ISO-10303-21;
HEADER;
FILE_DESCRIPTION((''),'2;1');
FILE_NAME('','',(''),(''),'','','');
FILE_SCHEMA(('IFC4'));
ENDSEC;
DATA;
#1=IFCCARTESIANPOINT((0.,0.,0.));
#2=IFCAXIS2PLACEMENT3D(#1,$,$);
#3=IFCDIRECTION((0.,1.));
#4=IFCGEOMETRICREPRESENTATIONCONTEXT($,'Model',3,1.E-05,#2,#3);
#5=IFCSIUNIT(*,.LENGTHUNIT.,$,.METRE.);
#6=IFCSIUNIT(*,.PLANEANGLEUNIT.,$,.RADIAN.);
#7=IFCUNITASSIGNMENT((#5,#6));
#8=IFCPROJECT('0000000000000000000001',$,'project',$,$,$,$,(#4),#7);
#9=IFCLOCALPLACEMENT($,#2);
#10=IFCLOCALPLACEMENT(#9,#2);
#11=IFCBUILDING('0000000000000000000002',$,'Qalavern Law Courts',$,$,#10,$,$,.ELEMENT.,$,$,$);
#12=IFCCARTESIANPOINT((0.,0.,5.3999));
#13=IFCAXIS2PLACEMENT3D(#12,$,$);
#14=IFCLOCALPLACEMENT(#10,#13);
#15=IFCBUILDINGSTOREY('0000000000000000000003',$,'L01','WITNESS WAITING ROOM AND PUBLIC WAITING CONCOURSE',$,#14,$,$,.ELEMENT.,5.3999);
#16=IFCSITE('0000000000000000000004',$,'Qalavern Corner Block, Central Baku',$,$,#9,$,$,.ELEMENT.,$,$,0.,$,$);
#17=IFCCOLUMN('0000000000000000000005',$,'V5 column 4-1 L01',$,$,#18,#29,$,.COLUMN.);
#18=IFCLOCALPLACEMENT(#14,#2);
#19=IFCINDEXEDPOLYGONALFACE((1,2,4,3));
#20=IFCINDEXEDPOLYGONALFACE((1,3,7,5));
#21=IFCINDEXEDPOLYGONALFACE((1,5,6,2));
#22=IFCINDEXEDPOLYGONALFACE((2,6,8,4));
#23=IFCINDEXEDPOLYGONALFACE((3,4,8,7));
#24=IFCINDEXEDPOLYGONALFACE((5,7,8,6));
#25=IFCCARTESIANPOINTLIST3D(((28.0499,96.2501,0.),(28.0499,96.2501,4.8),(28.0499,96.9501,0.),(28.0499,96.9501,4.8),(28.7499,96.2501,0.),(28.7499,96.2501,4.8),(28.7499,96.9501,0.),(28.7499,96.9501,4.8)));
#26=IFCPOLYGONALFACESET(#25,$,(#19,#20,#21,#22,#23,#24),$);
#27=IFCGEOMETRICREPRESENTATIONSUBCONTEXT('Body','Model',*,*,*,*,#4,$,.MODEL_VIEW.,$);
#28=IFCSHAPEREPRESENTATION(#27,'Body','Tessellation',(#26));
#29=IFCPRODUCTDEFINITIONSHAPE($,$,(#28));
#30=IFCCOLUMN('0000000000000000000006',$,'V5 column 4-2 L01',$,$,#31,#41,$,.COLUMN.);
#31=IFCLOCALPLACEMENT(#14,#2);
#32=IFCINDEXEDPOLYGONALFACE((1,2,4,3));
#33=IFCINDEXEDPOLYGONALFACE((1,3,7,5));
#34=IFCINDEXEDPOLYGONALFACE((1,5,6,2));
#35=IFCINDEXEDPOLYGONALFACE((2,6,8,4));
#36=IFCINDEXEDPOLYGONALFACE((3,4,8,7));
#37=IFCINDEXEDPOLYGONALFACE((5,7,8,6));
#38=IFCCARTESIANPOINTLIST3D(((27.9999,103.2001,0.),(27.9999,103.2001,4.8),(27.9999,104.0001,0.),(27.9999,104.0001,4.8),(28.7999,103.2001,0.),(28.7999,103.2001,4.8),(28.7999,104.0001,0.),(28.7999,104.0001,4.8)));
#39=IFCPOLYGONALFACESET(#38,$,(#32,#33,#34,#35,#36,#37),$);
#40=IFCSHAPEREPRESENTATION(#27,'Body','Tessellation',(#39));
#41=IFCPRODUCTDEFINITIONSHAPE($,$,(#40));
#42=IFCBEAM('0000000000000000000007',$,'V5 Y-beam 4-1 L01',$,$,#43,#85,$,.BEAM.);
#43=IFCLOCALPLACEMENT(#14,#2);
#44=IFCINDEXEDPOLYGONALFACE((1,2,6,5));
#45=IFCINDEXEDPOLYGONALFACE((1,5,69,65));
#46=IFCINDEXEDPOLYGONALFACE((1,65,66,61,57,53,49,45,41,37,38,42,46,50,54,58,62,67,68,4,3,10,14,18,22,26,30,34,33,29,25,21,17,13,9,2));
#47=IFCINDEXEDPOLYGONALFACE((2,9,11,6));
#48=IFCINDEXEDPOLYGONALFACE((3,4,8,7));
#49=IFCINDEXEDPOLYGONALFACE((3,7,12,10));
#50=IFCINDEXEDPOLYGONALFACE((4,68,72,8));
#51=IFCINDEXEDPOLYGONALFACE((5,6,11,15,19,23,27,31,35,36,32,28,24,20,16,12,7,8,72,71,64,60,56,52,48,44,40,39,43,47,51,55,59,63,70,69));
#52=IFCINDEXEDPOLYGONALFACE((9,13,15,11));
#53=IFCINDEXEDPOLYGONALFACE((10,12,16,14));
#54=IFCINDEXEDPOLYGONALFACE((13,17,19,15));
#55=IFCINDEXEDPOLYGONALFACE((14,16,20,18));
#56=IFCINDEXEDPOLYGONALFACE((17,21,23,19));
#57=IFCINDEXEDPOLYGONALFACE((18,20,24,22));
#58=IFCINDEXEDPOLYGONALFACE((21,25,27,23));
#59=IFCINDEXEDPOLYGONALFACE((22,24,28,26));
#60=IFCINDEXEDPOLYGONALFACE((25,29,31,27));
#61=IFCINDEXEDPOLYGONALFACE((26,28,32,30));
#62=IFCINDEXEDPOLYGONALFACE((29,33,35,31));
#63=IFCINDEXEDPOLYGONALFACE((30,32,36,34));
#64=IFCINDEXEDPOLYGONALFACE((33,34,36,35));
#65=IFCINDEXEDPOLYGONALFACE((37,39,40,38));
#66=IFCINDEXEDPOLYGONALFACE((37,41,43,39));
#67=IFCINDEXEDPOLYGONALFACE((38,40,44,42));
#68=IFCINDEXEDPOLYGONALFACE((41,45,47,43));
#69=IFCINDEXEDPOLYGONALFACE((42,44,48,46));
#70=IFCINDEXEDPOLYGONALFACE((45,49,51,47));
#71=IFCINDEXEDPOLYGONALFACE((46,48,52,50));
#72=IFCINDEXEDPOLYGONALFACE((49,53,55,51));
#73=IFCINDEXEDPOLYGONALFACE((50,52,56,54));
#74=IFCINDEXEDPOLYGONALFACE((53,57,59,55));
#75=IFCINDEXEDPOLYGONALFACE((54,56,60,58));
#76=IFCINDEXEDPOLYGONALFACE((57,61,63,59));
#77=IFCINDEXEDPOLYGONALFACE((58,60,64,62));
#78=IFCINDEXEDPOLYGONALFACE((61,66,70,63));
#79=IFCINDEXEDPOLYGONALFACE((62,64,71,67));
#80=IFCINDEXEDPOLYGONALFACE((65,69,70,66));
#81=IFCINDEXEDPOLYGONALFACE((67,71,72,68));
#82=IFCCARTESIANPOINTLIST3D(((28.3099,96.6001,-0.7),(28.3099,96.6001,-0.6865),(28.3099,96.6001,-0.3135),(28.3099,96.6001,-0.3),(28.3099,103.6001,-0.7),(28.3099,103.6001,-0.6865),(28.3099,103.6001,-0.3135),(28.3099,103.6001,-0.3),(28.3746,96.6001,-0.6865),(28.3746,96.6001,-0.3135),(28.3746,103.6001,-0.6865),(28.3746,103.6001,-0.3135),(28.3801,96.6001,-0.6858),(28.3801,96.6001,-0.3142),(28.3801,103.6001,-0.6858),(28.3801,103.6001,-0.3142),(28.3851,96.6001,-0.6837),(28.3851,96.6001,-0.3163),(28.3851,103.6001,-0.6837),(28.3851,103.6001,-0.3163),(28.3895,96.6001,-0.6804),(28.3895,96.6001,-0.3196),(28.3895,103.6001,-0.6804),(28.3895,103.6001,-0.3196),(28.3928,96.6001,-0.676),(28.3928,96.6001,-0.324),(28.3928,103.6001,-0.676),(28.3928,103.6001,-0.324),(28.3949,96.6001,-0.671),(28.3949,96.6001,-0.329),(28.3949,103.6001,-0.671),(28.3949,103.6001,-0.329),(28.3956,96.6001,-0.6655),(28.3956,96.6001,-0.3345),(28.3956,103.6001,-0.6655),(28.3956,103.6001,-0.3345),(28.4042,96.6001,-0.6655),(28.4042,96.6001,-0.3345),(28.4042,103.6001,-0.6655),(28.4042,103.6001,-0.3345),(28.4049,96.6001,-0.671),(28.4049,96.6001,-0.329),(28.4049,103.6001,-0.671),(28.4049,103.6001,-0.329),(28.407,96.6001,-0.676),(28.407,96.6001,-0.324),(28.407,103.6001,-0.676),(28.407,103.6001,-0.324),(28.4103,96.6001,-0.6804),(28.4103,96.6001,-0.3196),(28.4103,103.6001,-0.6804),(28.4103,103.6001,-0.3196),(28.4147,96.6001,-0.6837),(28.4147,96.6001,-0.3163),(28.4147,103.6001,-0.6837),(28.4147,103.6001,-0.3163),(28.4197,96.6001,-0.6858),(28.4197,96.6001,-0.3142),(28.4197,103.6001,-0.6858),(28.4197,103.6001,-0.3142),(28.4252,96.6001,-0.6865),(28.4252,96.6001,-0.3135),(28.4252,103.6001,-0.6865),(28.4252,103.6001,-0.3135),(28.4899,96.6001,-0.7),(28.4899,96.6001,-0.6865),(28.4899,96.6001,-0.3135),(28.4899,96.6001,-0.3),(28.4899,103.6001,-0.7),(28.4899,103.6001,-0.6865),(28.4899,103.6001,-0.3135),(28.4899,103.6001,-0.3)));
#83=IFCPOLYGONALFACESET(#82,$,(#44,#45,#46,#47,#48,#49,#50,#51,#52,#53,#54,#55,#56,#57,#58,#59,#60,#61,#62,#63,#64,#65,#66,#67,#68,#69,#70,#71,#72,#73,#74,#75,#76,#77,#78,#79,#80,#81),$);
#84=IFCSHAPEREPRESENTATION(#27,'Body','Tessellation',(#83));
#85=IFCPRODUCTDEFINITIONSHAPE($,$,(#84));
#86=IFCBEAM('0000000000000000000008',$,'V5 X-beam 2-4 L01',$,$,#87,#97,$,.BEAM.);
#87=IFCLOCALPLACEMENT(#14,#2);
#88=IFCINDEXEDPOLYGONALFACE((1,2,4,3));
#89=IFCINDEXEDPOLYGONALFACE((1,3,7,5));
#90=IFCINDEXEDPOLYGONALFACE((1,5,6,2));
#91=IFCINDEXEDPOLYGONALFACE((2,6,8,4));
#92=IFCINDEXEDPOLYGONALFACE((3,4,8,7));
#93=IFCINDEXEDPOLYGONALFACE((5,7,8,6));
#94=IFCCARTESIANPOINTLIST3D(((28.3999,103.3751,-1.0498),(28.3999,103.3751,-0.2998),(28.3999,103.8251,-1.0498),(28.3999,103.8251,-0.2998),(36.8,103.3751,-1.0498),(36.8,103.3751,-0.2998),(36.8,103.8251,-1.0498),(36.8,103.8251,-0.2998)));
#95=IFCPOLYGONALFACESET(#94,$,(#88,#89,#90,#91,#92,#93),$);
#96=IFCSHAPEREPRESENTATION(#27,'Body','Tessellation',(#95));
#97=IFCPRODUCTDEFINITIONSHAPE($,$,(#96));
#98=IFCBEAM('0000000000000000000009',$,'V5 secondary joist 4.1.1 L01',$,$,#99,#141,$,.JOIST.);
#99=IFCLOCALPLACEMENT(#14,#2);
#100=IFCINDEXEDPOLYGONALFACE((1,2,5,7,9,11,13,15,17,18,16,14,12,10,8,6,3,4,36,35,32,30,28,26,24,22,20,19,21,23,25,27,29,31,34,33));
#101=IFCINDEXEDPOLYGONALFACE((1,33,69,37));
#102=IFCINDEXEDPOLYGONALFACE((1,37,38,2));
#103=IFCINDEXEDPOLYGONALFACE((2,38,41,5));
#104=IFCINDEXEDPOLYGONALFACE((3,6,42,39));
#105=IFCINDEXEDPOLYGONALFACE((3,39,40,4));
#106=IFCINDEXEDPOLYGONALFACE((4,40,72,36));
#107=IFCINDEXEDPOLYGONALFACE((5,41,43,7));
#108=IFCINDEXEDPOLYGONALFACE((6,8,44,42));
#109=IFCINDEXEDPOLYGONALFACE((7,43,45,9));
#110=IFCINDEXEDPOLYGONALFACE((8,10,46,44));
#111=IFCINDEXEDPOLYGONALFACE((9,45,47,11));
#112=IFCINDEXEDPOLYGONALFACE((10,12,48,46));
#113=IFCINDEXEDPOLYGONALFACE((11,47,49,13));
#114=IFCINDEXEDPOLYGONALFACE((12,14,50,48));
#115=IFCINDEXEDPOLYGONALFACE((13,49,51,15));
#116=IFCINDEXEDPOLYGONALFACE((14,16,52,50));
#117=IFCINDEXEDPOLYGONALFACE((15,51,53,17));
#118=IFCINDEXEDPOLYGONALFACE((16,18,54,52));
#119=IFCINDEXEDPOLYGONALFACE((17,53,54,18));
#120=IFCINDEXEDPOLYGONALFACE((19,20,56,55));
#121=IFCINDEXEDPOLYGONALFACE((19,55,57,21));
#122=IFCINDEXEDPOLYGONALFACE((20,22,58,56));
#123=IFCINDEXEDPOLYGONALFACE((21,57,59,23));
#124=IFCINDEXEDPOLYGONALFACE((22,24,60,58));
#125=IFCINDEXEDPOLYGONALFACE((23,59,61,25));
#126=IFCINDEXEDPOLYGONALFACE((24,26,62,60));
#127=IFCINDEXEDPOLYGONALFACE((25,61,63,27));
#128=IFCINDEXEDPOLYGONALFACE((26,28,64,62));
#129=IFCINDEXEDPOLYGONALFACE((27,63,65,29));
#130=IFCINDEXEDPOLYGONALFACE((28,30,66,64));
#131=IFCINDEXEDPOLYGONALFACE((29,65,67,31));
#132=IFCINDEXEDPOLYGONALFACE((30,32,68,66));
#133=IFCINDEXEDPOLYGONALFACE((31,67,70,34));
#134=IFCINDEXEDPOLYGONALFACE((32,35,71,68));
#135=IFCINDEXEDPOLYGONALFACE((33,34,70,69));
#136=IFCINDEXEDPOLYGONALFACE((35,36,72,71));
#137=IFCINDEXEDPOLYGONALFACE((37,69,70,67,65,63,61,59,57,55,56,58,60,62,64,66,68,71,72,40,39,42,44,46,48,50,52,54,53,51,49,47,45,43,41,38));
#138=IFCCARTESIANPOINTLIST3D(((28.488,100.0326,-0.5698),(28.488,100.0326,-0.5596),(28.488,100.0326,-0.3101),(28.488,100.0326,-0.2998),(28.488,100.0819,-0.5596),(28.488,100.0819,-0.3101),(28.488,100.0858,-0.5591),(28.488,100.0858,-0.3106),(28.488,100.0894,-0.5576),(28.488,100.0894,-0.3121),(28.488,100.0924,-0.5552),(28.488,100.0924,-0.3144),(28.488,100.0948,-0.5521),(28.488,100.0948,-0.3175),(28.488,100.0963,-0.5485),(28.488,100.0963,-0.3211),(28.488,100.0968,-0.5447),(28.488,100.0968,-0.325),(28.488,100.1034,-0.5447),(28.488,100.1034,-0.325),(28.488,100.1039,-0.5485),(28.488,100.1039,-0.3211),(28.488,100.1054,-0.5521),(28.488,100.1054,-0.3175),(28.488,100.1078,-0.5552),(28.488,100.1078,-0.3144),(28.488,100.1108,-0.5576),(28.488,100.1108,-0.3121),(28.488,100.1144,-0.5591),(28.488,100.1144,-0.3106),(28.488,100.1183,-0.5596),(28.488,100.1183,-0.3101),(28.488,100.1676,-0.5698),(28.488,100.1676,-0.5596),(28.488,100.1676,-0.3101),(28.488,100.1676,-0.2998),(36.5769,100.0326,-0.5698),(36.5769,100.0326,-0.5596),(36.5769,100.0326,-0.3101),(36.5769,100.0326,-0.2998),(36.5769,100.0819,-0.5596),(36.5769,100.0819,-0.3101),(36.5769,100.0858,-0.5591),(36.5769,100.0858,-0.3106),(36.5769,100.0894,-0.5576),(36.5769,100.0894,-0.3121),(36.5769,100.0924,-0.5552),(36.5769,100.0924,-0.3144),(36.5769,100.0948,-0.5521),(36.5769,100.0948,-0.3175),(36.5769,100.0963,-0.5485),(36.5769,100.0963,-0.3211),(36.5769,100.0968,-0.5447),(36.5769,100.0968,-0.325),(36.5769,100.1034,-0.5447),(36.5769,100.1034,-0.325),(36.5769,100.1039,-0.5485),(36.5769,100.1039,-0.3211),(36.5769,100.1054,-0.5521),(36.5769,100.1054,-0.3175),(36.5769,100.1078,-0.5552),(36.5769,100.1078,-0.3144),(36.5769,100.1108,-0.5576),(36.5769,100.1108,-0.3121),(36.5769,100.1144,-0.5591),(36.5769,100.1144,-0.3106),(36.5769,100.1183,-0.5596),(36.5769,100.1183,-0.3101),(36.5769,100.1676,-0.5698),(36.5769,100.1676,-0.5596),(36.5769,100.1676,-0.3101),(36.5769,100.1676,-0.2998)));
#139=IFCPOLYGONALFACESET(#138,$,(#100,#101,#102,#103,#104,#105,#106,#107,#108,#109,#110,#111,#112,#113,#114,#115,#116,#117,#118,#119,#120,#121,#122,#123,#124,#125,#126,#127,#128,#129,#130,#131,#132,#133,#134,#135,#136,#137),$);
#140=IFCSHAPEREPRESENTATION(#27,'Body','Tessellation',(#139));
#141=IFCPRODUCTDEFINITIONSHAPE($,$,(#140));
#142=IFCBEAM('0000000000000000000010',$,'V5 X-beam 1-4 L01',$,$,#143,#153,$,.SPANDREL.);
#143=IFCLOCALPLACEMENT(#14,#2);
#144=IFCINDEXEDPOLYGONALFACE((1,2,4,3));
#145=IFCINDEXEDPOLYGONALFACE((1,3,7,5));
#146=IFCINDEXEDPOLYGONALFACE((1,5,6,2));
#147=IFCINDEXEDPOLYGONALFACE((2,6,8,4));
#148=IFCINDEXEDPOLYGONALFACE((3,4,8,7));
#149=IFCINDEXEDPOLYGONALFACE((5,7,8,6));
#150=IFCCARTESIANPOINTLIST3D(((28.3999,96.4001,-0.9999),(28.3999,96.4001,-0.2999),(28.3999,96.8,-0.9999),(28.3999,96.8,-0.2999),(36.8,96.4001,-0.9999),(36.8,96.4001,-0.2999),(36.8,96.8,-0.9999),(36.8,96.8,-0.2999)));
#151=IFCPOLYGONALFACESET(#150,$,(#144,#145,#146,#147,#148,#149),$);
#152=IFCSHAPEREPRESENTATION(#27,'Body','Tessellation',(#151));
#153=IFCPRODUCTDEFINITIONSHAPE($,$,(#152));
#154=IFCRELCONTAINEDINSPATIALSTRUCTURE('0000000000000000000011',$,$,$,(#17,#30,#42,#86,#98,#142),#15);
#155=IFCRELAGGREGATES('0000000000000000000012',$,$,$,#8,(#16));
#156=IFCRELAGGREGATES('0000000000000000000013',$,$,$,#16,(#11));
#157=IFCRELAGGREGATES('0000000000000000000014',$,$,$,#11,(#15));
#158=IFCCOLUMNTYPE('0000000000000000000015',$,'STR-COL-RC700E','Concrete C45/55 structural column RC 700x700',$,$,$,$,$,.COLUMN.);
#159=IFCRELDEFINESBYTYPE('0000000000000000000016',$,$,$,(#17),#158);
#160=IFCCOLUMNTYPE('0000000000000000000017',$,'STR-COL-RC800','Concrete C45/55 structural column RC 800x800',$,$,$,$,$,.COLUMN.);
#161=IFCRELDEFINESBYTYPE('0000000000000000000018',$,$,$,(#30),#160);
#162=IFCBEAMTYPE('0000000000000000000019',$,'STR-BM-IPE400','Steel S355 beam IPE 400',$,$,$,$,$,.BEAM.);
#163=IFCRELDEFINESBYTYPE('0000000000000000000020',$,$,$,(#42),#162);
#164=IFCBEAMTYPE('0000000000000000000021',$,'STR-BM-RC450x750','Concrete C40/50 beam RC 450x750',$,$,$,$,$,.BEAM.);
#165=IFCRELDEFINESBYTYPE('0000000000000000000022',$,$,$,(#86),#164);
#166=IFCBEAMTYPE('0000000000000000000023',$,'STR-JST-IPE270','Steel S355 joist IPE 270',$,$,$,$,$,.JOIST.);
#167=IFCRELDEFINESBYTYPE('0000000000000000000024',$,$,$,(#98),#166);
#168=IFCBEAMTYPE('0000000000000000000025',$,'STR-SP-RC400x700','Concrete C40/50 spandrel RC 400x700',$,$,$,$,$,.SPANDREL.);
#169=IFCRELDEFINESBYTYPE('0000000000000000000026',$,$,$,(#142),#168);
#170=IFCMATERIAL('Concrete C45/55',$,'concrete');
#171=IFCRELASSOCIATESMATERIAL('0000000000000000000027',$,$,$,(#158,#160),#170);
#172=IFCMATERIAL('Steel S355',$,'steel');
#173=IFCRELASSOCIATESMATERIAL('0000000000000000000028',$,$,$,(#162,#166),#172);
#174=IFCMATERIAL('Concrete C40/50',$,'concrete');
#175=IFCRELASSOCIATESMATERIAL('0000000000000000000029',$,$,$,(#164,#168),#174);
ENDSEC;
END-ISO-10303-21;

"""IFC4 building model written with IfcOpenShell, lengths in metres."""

from ifc_helpers import new_model, si_unit, direction, frame, origin, origin_2d, place, context, subcontext, project, spatial, rectangle, i_section, extrude, material, material_profile, profile_set, type_object, element, save


model = new_model("IFC4")

# Units and contexts
model_context = context("Model", 3, precision=1e-05, world=origin(), true_north=direction((0.0, 1.0)))
body_context = subcontext(model_context, "Body", "Model", "MODEL_VIEW")
ifc_project = project(units=[si_unit("LENGTHUNIT", "METRE"), si_unit("PLANEANGLEUNIT", "RADIAN")], contexts=[model_context])

# Site, building, storey
site_placement = place(None, origin())
site = spatial("IfcSite", under=ifc_project, at=site_placement, Name="Qalavern Corner Block, Central Baku", CompositionType="ELEMENT", RefElevation=0.0)
building_placement = place(site_placement, origin())
building = spatial("IfcBuilding", under=site, at=building_placement, Name="Qalavern Law Courts", CompositionType="ELEMENT")
storey_placement = place(building_placement, frame((0.0, 0.0, 5.3999)))
storey = spatial("IfcBuildingStorey", under=building, at=storey_placement, Name="L01", Description="WITNESS WAITING ROOM AND PUBLIC WAITING CONCOURSE", CompositionType="ELEMENT", Elevation=5.3999)

# Columns
ifc_material_1 = material(Name="Concrete C45/55", Category="concrete")
ifc_material_profile_1 = material_profile(ifc_material_1, rectangle(XDim=0.7, YDim=0.7, at=origin_2d()), Name="RC 700x700")
ifc_profile_set_1 = profile_set([ifc_material_profile_1], Name="Concrete C45/55")
column_type_1 = type_object("IfcColumnType", Name="STR-COL-RC700E", Description="Concrete C45/55 structural column RC 700x700", PredefinedType="COLUMN", material=ifc_profile_set_1)
column_1_placement = place(storey_placement, frame((28.3999, 96.6001, 0.0), z_axis=(0.0, 0.0, 1.0), x_axis=(1.0, 0.0, 0.0)))
element("IfcColumn", 1, at=column_1_placement, inside=storey, type_object=column_type_1, Name="V5 column 4-1 L01", PredefinedType="COLUMN", context=body_context, shape_type="SweptSolid", body=[
    extrude(rectangle(XDim=0.7, YDim=0.7, at=origin_2d()), origin(), (0.0, 0.0, 1.0), 4.8),
])
ifc_material_profile_2 = material_profile(ifc_material_1, rectangle(XDim=0.8, YDim=0.8, at=origin_2d()), Name="RC 800x800")
ifc_profile_set_2 = profile_set([ifc_material_profile_2], Name="Concrete C45/55")
column_type_2 = type_object("IfcColumnType", Name="STR-COL-RC800", Description="Concrete C45/55 structural column RC 800x800", PredefinedType="COLUMN", material=ifc_profile_set_2)
column_2_placement = place(storey_placement, frame((28.3999, 103.6001, 0.0), z_axis=(0.0, 0.0, 1.0), x_axis=(1.0, 0.0, 0.0)))
element("IfcColumn", 2, at=column_2_placement, inside=storey, type_object=column_type_2, Name="V5 column 4-2 L01", PredefinedType="COLUMN", context=body_context, shape_type="SweptSolid", body=[
    extrude(rectangle(XDim=0.8, YDim=0.8, at=origin_2d()), origin(), (0.0, 0.0, 1.0), 4.8),
])

# Beams
ifc_material_2 = material(Name="Steel S355", Category="steel")
ifc_material_profile_3 = material_profile(ifc_material_2, i_section(OverallWidth=0.1799, OverallDepth=0.3999, WebThickness=0.0085, FlangeThickness=0.0134, FilletRadius=0.021, at=origin_2d()), Name="IPE 400")
ifc_profile_set_3 = profile_set([ifc_material_profile_3], Name="Steel S355")
beam_type_1 = type_object("IfcBeamType", Name="STR-BM-IPE400", Description="Steel S355 beam IPE 400", PredefinedType="BEAM", material=ifc_profile_set_3)
beam_1_placement = place(storey_placement, frame((28.3999, 96.6001, -0.5), z_axis=(0.0, 1.0, 0.0), x_axis=(-1.0, 0.0, 0.0)))
element("IfcBeam", 3, at=beam_1_placement, inside=storey, type_object=beam_type_1, Name="V5 Y-beam 4-1 L01", PredefinedType="BEAM", context=body_context, shape_type="SweptSolid", body=[
    extrude(i_section(OverallWidth=0.1799, OverallDepth=0.3999, WebThickness=0.0085, FlangeThickness=0.0134, FilletRadius=0.021, at=origin_2d()), origin(), (0.0, 0.0, 1.0), 7.0),
])
ifc_material_3 = material(Name="Concrete C40/50", Category="concrete")
ifc_material_profile_4 = material_profile(ifc_material_3, rectangle(XDim=0.45, YDim=0.75, at=origin_2d()), Name="RC 450x750")
ifc_profile_set_4 = profile_set([ifc_material_profile_4], Name="Concrete C40/50")
beam_type_2 = type_object("IfcBeamType", Name="STR-BM-RC450x750", Description="Concrete C40/50 beam RC 450x750", PredefinedType="BEAM", material=ifc_profile_set_4)
beam_2_placement = place(storey_placement, frame((28.3999, 103.6001, -0.6748), z_axis=(1.0, 0.0, 0.0), x_axis=(0.0, 1.0, 0.0)))
element("IfcBeam", 4, at=beam_2_placement, inside=storey, type_object=beam_type_2, Name="V5 X-beam 2-4 L01", PredefinedType="BEAM", context=body_context, shape_type="SweptSolid", body=[
    extrude(rectangle(XDim=0.45, YDim=0.75, at=origin_2d()), origin(), (0.0, 0.0, 1.0), 8.4001),
])
ifc_material_profile_5 = material_profile(ifc_material_2, i_section(OverallWidth=0.135, OverallDepth=0.27, WebThickness=0.0066, FlangeThickness=0.0103, FilletRadius=0.0149, at=origin_2d()), Name="IPE 270")
ifc_profile_set_5 = profile_set([ifc_material_profile_5], Name="Steel S355")
beam_type_3 = type_object("IfcBeamType", Name="STR-JST-IPE270", Description="Steel S355 joist IPE 270", PredefinedType="JOIST", material=ifc_profile_set_5)
beam_3_placement = place(storey_placement, frame((28.488, 100.1001, -0.4348), z_axis=(1.0, 0.0, 0.0), x_axis=(0.0, 1.0, 0.0)))
element("IfcBeam", 5, at=beam_3_placement, inside=storey, type_object=beam_type_3, Name="V5 secondary joist 4.1.1 L01", PredefinedType="JOIST", context=body_context, shape_type="SweptSolid", body=[
    extrude(i_section(OverallWidth=0.135, OverallDepth=0.27, WebThickness=0.0066, FlangeThickness=0.0103, FilletRadius=0.0149, at=origin_2d()), origin(), (0.0, 0.0, 1.0), 8.0889),
])
ifc_material_profile_6 = material_profile(ifc_material_3, rectangle(XDim=0.3999, YDim=0.7, at=origin_2d()), Name="RC 400x700")
ifc_profile_set_6 = profile_set([ifc_material_profile_6], Name="Concrete C40/50")
beam_type_4 = type_object("IfcBeamType", Name="STR-SP-RC400x700", Description="Concrete C40/50 spandrel RC 400x700", PredefinedType="SPANDREL", material=ifc_profile_set_6)
beam_4_placement = place(storey_placement, frame((28.3999, 96.6001, -0.6499), z_axis=(1.0, 0.0, 0.0), x_axis=(0.0, 1.0, 0.0)))
element("IfcBeam", 6, at=beam_4_placement, inside=storey, type_object=beam_type_4, Name="V5 X-beam 1-4 L01", PredefinedType="SPANDREL", context=body_context, shape_type="SweptSolid", body=[
    extrude(rectangle(XDim=0.3999, YDim=0.7, at=origin_2d()), origin(), (0.0, 0.0, 1.0), 8.4001),
])

save(model, "model.ifc")
